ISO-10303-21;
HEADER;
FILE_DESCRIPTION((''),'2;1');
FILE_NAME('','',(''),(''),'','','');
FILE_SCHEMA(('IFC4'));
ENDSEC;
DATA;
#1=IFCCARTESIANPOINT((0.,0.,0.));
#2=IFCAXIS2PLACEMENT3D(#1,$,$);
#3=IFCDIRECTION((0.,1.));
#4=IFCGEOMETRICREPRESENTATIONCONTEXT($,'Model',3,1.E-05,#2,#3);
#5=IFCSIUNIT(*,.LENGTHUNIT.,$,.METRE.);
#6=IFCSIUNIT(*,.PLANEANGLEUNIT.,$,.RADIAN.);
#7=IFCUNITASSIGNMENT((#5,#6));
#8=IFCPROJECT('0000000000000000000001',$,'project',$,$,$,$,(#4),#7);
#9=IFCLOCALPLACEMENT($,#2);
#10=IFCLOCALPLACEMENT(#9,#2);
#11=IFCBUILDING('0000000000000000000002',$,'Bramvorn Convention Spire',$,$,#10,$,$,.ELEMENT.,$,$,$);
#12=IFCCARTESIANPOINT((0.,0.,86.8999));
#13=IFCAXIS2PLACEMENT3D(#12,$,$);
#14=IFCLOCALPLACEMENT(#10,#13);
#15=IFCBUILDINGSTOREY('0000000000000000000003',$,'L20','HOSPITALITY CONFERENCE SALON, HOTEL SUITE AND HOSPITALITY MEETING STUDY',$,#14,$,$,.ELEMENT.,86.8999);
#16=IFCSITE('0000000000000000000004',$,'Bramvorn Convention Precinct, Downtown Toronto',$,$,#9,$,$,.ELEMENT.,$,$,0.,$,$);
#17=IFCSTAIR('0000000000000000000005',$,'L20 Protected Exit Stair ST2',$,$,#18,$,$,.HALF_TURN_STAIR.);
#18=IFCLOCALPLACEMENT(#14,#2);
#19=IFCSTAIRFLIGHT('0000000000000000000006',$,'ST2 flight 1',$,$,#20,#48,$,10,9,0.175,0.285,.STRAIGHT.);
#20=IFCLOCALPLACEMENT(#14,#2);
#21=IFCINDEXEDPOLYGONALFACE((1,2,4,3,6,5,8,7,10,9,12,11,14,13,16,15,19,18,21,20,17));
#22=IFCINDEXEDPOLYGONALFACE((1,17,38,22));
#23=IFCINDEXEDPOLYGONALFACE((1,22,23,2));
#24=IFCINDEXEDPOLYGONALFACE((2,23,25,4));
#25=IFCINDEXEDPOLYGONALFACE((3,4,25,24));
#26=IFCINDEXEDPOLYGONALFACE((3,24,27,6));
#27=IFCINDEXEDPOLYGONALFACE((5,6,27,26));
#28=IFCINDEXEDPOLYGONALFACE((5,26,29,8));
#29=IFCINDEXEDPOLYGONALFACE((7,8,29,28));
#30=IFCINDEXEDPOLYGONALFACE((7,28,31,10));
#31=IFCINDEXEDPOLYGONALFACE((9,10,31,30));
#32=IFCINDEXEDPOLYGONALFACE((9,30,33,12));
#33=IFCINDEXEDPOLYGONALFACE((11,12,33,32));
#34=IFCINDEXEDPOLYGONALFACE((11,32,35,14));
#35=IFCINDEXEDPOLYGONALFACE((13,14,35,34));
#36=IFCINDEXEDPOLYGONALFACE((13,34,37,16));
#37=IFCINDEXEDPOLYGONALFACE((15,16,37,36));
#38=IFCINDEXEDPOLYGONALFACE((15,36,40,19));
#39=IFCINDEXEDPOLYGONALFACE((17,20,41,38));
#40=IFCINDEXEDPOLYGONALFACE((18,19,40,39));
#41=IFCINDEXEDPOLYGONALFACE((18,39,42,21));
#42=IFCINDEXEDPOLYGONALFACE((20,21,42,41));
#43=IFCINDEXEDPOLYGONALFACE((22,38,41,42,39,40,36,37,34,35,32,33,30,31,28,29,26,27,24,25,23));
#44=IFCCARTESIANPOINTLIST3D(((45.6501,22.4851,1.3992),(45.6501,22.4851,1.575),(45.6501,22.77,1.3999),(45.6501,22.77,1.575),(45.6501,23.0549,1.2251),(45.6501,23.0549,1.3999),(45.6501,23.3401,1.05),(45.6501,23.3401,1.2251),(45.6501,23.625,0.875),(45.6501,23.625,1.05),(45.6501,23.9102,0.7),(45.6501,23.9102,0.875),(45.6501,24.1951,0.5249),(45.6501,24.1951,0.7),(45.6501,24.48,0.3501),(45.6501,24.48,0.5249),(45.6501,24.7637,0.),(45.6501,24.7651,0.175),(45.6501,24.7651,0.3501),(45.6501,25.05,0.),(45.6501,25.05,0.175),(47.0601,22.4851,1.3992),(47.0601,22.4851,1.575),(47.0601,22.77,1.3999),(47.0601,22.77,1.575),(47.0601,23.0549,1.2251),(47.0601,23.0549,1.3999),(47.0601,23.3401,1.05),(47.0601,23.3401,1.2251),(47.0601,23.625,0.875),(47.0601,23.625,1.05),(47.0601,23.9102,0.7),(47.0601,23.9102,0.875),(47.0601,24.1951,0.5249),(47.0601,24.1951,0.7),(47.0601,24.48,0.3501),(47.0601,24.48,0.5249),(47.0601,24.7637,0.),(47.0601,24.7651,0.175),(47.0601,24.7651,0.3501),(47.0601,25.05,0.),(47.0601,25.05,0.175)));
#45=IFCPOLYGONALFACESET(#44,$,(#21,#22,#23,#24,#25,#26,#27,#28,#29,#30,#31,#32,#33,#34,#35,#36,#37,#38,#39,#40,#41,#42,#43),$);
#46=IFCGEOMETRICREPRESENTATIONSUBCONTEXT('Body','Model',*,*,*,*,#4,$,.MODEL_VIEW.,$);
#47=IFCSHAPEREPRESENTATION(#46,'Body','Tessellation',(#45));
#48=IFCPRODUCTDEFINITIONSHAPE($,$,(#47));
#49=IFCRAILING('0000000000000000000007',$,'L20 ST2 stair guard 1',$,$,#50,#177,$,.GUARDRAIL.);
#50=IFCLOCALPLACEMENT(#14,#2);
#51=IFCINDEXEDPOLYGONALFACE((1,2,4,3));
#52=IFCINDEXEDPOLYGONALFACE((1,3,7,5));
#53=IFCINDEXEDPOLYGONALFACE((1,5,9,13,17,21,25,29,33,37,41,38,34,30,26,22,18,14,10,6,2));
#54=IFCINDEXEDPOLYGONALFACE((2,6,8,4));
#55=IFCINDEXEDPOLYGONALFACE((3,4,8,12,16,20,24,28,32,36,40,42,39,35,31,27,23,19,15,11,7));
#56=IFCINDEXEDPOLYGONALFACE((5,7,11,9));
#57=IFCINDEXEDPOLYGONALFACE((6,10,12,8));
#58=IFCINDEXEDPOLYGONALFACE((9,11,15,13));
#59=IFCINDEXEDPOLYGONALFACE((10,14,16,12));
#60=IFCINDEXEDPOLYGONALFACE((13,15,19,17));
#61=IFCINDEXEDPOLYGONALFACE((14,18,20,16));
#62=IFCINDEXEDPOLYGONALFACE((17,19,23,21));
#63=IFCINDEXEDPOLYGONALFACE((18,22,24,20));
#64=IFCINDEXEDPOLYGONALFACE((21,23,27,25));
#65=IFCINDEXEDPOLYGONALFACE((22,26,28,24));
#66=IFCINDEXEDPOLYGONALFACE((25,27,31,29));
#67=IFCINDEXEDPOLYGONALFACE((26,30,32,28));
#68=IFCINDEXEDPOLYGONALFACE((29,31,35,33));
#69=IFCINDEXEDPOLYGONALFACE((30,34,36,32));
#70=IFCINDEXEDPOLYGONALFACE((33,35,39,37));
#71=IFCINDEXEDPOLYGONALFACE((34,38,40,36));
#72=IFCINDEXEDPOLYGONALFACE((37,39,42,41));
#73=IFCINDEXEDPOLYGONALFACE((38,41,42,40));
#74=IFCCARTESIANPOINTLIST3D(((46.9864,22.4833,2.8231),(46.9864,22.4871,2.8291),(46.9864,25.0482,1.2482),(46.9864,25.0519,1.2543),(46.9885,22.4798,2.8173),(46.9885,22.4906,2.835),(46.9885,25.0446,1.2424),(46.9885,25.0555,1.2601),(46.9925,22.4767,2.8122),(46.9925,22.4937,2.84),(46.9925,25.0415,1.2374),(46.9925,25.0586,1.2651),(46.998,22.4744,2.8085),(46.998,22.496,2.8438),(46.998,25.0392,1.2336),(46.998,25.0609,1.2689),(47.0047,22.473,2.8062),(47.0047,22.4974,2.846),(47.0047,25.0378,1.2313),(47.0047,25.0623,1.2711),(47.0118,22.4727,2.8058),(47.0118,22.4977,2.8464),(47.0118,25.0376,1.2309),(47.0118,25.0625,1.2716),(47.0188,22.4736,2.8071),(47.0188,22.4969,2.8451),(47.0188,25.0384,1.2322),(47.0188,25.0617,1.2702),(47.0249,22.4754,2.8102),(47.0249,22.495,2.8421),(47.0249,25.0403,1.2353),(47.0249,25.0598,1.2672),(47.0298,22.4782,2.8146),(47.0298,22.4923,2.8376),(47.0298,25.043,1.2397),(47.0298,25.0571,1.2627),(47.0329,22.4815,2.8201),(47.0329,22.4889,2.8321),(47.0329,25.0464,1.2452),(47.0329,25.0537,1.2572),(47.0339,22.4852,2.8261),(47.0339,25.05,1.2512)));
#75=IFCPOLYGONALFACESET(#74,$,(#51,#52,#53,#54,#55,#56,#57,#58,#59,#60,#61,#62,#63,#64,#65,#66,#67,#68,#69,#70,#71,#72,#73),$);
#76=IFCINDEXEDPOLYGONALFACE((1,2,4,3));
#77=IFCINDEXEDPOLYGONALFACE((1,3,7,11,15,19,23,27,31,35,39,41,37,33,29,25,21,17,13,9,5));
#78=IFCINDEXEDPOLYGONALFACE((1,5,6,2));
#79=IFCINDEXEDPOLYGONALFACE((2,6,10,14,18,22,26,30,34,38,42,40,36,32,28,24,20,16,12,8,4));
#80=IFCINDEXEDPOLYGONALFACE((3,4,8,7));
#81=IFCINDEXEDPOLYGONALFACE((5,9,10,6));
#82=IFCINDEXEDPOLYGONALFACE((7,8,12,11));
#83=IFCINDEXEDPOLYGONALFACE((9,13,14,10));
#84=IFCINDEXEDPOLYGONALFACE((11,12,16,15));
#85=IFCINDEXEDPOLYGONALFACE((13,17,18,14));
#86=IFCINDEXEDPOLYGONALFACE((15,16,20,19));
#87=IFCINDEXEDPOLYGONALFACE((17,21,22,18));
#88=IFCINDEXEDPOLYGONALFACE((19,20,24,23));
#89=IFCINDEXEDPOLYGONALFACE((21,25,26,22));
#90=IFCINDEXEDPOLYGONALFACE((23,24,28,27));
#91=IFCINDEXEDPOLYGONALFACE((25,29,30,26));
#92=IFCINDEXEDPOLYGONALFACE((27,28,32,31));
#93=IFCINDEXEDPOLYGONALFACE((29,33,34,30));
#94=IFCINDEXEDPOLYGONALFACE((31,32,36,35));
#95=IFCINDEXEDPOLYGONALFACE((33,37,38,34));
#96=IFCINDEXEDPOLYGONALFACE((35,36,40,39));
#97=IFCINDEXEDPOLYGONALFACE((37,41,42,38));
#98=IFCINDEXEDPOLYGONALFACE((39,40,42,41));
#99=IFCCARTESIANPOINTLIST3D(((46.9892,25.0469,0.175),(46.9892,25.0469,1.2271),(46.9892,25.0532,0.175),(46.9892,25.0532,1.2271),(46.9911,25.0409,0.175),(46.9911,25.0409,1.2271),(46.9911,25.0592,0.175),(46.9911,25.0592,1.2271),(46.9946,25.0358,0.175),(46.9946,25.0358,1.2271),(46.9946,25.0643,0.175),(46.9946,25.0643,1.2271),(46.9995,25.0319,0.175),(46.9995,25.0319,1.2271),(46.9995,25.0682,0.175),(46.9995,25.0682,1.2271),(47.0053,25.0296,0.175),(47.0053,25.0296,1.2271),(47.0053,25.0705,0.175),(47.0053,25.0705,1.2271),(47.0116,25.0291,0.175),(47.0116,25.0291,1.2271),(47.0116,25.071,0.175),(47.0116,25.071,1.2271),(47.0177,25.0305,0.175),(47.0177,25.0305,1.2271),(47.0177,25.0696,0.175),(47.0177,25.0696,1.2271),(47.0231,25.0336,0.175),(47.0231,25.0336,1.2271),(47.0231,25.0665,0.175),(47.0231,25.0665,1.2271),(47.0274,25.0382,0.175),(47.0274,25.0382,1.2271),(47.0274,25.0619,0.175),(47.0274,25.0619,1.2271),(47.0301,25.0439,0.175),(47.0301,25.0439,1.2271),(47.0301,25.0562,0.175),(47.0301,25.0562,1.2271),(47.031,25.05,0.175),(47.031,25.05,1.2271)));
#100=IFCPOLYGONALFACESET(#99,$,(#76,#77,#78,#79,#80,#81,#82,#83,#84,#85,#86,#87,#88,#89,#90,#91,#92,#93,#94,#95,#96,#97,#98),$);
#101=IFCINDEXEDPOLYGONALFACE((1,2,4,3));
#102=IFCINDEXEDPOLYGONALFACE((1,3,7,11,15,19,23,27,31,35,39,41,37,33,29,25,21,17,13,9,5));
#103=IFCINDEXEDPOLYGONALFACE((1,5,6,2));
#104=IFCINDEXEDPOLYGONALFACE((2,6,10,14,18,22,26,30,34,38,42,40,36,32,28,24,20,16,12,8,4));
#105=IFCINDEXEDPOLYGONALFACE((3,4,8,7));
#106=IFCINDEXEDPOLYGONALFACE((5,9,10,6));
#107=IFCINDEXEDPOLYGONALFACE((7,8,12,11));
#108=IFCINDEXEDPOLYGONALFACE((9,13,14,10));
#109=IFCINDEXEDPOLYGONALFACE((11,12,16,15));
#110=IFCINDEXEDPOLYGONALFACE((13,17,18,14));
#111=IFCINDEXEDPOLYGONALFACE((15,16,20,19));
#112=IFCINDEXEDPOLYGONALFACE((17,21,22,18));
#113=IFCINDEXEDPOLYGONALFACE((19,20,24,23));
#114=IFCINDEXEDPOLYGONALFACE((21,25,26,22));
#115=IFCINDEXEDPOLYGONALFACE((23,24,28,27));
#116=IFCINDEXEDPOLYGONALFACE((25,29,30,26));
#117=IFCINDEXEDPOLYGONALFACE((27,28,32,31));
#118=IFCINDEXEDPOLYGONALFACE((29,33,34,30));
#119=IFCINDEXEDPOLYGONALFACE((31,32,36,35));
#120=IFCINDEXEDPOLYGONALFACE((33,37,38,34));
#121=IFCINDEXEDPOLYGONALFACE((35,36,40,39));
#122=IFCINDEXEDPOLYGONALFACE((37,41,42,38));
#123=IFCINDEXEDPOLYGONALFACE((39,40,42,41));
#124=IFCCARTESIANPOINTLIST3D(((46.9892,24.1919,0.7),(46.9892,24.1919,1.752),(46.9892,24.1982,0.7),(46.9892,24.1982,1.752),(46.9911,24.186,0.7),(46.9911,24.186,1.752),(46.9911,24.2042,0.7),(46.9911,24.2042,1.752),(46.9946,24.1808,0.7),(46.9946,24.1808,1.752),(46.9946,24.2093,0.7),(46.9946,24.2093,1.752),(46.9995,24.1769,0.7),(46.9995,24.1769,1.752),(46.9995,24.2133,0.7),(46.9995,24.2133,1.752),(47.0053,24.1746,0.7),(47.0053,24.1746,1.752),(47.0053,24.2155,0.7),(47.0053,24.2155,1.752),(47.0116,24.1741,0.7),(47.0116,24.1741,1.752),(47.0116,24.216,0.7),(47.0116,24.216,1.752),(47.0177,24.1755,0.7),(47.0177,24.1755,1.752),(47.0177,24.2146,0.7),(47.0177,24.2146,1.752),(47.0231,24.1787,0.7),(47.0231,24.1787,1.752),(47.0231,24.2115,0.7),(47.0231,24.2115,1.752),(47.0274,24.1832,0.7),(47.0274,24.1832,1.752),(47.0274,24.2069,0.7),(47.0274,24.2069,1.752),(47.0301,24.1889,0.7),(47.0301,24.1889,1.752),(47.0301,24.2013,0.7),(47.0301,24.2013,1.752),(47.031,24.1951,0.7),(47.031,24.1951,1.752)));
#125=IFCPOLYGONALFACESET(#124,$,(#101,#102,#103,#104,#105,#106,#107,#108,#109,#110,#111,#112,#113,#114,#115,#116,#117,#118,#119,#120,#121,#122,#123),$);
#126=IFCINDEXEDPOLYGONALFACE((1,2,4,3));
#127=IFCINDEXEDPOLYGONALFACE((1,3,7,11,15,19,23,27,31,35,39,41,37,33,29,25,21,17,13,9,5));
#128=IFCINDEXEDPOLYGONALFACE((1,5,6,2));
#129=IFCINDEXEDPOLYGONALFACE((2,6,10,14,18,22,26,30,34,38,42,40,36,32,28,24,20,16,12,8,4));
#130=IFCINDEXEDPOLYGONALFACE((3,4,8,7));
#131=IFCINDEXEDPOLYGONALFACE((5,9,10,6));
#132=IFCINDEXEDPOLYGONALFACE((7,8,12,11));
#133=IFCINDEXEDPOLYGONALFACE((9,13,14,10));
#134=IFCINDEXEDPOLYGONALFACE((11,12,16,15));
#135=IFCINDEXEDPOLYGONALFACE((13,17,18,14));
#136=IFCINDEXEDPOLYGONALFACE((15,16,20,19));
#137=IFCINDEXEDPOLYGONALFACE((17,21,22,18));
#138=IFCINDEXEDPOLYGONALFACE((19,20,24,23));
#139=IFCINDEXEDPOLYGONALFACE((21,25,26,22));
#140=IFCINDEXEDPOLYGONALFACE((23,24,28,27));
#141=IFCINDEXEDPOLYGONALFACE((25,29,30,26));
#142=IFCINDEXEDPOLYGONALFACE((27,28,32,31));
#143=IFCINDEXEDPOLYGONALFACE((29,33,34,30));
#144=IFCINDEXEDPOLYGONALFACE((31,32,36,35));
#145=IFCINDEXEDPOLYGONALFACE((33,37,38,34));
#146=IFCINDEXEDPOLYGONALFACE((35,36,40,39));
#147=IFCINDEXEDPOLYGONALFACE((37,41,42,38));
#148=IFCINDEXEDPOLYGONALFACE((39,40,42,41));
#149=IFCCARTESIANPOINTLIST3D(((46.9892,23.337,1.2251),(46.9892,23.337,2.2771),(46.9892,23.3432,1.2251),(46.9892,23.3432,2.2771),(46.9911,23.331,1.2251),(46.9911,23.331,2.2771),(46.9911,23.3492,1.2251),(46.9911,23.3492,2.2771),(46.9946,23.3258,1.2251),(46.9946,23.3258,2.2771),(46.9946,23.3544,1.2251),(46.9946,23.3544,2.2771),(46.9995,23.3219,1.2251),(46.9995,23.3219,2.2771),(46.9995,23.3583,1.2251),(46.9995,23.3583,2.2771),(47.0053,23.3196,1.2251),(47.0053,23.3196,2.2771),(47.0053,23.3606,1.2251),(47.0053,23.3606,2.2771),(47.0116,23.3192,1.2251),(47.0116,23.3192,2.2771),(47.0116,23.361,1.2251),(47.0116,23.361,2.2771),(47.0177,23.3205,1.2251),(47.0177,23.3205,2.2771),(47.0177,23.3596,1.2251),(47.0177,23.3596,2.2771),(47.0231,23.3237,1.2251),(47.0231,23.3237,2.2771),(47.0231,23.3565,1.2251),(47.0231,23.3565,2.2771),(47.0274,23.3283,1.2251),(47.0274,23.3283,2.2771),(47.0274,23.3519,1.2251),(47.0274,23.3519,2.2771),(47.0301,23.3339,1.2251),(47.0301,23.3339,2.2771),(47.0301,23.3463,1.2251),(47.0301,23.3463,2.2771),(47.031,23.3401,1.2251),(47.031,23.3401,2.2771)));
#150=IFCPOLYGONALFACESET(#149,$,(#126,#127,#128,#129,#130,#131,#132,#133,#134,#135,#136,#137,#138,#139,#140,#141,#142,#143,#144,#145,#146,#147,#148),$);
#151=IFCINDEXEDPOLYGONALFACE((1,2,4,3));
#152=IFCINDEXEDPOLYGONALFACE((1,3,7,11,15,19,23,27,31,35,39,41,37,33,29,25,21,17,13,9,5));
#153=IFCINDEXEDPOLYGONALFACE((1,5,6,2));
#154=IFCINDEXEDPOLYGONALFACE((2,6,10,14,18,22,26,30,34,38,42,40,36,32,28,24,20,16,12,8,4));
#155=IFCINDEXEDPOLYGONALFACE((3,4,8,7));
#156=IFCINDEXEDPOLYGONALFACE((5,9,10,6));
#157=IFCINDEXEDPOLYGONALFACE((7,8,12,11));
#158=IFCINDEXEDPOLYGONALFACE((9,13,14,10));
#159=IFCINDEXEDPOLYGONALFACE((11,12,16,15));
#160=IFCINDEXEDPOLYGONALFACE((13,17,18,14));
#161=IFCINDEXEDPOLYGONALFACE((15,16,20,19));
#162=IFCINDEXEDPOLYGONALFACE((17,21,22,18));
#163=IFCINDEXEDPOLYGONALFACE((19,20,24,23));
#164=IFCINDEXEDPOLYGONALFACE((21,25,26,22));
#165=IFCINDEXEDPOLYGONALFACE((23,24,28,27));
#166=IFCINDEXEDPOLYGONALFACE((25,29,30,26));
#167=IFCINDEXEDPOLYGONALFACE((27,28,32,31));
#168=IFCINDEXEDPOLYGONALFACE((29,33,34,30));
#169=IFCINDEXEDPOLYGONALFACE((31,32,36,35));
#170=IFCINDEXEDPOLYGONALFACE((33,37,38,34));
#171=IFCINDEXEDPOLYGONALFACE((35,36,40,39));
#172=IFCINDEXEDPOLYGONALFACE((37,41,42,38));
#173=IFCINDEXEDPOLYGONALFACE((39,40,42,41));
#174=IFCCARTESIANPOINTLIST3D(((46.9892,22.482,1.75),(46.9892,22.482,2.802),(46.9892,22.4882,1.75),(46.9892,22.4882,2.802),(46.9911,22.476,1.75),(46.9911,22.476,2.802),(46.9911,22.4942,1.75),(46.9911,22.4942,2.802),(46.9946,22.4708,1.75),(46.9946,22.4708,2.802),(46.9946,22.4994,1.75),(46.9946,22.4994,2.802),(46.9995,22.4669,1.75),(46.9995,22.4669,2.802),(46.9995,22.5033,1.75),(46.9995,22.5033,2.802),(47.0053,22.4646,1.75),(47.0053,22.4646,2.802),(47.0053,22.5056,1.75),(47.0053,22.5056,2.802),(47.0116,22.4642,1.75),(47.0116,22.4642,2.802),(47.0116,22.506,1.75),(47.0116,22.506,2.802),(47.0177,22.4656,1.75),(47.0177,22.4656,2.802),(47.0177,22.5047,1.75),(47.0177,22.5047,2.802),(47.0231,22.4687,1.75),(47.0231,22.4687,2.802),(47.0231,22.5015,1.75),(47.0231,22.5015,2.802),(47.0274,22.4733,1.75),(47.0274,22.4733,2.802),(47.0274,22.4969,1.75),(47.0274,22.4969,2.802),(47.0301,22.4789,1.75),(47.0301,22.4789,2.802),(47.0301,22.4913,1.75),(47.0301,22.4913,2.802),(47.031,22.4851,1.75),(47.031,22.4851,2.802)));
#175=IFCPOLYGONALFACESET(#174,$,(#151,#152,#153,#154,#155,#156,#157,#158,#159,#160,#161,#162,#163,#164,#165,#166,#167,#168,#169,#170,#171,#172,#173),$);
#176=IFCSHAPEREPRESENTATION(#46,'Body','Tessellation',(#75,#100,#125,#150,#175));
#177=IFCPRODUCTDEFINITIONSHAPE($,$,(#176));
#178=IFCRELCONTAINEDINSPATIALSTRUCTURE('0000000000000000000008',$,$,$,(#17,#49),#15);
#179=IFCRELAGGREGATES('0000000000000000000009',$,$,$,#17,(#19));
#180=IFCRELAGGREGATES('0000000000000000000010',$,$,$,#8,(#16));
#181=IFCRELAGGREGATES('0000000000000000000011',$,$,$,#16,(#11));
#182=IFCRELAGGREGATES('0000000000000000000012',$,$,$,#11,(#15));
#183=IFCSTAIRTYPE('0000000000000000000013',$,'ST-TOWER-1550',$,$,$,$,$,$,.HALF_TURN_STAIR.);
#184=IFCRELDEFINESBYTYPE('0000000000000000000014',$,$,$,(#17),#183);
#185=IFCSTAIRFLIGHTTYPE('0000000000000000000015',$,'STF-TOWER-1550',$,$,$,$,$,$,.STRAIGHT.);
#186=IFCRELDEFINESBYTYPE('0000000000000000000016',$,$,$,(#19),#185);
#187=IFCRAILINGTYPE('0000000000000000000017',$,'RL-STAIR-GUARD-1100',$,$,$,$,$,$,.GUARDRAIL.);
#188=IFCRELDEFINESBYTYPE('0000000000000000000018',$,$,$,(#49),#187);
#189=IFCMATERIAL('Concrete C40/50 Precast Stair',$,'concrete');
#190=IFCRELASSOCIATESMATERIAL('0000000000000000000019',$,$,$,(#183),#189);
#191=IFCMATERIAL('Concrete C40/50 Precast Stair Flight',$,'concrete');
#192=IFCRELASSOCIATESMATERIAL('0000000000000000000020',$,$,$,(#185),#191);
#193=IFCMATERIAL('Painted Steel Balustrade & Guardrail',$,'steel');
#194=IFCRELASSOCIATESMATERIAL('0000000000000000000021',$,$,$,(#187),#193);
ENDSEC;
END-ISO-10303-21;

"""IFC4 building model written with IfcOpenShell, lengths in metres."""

from ifc_helpers import new_model, si_unit, direction, frame, origin, origin_2d, place, context, subcontext, project, spatial, polyline, circle, outline, extrude, material, type_object, element, aggregate, save


model = new_model("IFC4")

# Units and contexts
model_context = context("Model", 3, precision=1e-05, world=origin(), true_north=direction((0.0, 1.0)))
body_context = subcontext(model_context, "Body", "Model", "MODEL_VIEW")
ifc_project = project(units=[si_unit("LENGTHUNIT", "METRE"), si_unit("PLANEANGLEUNIT", "RADIAN")], contexts=[model_context])

# Site, building, storey
site_placement = place(None, origin())
site = spatial("IfcSite", under=ifc_project, at=site_placement, Name="Bramvorn Convention Precinct, Downtown Toronto", CompositionType="ELEMENT", RefElevation=0.0)
building_placement = place(site_placement, origin())
building = spatial("IfcBuilding", under=site, at=building_placement, Name="Bramvorn Convention Spire", CompositionType="ELEMENT")
storey_placement = place(building_placement, frame((0.0, 0.0, 86.8999)))
storey = spatial("IfcBuildingStorey", under=building, at=storey_placement, Name="L20", Description="HOSPITALITY CONFERENCE SALON, HOTEL SUITE AND HOSPITALITY MEETING STUDY", CompositionType="ELEMENT", Elevation=86.8999)

# Stair, stair flight
ifc_material_1 = material(Name="Concrete C40/50 Precast Stair", Category="concrete")
stair_type = type_object("IfcStairType", Name="ST-TOWER-1550", PredefinedType="HALF_TURN_STAIR", material=ifc_material_1)
stair_placement = place(storey_placement, origin())
stair = element("IfcStair", 1, at=stair_placement, inside=storey, type_object=stair_type, Name="L20 Protected Exit Stair ST2", PredefinedType="HALF_TURN_STAIR")
ifc_material_2 = material(Name="Concrete C40/50 Precast Stair Flight", Category="concrete")
stair_flight_type = type_object("IfcStairFlightType", Name="STF-TOWER-1550", PredefinedType="STRAIGHT", material=ifc_material_2)
stair_flight_placement = place(storey_placement, frame((46.355, 25.05, 0.0), z_axis=(0.0, 0.0, 1.0), x_axis=(0.0, -1.0, 0.0)))
stair_flight = element("IfcStairFlight", 2, at=stair_flight_placement, type_object=stair_flight_type, Name="ST2 flight 1", NumberOfRisers=10, NumberOfTreads=9, PredefinedType="STRAIGHT", RiserHeight=0.175, TreadLength=0.285, context=body_context, shape_type="SweptSolid", body=[
    extrude(outline(polyline([(0.0, 0.0), (0.0, 0.175), (0.2849, 0.175), (0.2849, 0.3501), (0.5701, 0.3501), (0.5701, 0.5249), (0.855, 0.5249), (0.855, 0.7), (1.1399, 0.7), (1.1399, 0.875), (1.425, 0.875), (1.425, 1.05), (1.71, 1.05), (1.71, 1.2251), (1.9951, 1.2251), (1.9951, 1.3999), (2.28, 1.3999), (2.28, 1.575), (2.5649, 1.575), (2.5649, 1.75), (2.5649, 1.3992), (0.2864, 0.0), (0.0, 0.0)])), frame((0.0, 0.7051, 0.0), z_axis=(0.0, -1.0, 0.0), x_axis=(1.0, 0.0, 0.0)), (0.0, 0.0, 1.0), 1.4099),
])
aggregate(stair, [stair_flight])

# Railing
ifc_material_3 = material(Name="Painted Steel Balustrade & Guardrail", Category="steel")
railing_type_1 = type_object("IfcRailingType", Name="RL-STAIR-GUARD-1100", PredefinedType="GUARDRAIL", material=ifc_material_3)
railing_1_placement = place(storey_placement, frame((47.01, 25.05, 0.175)))
element("IfcRailing", 3, at=railing_1_placement, inside=storey, type_object=railing_type_1, Name="L20 ST2 stair guard 1", PredefinedType="GUARDRAIL", context=body_context, shape_type="SweptSolid", body=[
    extrude(circle(Radius=0.0239, at=origin_2d()), frame((0.0, 0.0, 1.0762), z_axis=(0.0, -0.852173, 0.52326), x_axis=(1.0, 0.0, 0.0)), (0.0, 0.0, 1.0), 3.0098),
    extrude(circle(Radius=0.021, at=origin_2d()), origin(), (0.0, 0.0, 1.0), 1.052),
    extrude(circle(Radius=0.021, at=origin_2d()), frame((0.0, -0.855, 0.5249)), (0.0, 0.0, 1.0), 1.052),
    extrude(circle(Radius=0.021, at=origin_2d()), frame((0.0, -1.71, 1.05)), (0.0, 0.0, 1.0), 1.052),
    extrude(circle(Radius=0.021, at=origin_2d()), frame((0.0, -2.5649, 1.575)), (0.0, 0.0, 1.0), 1.052),
])

save(model, "model.ifc")
